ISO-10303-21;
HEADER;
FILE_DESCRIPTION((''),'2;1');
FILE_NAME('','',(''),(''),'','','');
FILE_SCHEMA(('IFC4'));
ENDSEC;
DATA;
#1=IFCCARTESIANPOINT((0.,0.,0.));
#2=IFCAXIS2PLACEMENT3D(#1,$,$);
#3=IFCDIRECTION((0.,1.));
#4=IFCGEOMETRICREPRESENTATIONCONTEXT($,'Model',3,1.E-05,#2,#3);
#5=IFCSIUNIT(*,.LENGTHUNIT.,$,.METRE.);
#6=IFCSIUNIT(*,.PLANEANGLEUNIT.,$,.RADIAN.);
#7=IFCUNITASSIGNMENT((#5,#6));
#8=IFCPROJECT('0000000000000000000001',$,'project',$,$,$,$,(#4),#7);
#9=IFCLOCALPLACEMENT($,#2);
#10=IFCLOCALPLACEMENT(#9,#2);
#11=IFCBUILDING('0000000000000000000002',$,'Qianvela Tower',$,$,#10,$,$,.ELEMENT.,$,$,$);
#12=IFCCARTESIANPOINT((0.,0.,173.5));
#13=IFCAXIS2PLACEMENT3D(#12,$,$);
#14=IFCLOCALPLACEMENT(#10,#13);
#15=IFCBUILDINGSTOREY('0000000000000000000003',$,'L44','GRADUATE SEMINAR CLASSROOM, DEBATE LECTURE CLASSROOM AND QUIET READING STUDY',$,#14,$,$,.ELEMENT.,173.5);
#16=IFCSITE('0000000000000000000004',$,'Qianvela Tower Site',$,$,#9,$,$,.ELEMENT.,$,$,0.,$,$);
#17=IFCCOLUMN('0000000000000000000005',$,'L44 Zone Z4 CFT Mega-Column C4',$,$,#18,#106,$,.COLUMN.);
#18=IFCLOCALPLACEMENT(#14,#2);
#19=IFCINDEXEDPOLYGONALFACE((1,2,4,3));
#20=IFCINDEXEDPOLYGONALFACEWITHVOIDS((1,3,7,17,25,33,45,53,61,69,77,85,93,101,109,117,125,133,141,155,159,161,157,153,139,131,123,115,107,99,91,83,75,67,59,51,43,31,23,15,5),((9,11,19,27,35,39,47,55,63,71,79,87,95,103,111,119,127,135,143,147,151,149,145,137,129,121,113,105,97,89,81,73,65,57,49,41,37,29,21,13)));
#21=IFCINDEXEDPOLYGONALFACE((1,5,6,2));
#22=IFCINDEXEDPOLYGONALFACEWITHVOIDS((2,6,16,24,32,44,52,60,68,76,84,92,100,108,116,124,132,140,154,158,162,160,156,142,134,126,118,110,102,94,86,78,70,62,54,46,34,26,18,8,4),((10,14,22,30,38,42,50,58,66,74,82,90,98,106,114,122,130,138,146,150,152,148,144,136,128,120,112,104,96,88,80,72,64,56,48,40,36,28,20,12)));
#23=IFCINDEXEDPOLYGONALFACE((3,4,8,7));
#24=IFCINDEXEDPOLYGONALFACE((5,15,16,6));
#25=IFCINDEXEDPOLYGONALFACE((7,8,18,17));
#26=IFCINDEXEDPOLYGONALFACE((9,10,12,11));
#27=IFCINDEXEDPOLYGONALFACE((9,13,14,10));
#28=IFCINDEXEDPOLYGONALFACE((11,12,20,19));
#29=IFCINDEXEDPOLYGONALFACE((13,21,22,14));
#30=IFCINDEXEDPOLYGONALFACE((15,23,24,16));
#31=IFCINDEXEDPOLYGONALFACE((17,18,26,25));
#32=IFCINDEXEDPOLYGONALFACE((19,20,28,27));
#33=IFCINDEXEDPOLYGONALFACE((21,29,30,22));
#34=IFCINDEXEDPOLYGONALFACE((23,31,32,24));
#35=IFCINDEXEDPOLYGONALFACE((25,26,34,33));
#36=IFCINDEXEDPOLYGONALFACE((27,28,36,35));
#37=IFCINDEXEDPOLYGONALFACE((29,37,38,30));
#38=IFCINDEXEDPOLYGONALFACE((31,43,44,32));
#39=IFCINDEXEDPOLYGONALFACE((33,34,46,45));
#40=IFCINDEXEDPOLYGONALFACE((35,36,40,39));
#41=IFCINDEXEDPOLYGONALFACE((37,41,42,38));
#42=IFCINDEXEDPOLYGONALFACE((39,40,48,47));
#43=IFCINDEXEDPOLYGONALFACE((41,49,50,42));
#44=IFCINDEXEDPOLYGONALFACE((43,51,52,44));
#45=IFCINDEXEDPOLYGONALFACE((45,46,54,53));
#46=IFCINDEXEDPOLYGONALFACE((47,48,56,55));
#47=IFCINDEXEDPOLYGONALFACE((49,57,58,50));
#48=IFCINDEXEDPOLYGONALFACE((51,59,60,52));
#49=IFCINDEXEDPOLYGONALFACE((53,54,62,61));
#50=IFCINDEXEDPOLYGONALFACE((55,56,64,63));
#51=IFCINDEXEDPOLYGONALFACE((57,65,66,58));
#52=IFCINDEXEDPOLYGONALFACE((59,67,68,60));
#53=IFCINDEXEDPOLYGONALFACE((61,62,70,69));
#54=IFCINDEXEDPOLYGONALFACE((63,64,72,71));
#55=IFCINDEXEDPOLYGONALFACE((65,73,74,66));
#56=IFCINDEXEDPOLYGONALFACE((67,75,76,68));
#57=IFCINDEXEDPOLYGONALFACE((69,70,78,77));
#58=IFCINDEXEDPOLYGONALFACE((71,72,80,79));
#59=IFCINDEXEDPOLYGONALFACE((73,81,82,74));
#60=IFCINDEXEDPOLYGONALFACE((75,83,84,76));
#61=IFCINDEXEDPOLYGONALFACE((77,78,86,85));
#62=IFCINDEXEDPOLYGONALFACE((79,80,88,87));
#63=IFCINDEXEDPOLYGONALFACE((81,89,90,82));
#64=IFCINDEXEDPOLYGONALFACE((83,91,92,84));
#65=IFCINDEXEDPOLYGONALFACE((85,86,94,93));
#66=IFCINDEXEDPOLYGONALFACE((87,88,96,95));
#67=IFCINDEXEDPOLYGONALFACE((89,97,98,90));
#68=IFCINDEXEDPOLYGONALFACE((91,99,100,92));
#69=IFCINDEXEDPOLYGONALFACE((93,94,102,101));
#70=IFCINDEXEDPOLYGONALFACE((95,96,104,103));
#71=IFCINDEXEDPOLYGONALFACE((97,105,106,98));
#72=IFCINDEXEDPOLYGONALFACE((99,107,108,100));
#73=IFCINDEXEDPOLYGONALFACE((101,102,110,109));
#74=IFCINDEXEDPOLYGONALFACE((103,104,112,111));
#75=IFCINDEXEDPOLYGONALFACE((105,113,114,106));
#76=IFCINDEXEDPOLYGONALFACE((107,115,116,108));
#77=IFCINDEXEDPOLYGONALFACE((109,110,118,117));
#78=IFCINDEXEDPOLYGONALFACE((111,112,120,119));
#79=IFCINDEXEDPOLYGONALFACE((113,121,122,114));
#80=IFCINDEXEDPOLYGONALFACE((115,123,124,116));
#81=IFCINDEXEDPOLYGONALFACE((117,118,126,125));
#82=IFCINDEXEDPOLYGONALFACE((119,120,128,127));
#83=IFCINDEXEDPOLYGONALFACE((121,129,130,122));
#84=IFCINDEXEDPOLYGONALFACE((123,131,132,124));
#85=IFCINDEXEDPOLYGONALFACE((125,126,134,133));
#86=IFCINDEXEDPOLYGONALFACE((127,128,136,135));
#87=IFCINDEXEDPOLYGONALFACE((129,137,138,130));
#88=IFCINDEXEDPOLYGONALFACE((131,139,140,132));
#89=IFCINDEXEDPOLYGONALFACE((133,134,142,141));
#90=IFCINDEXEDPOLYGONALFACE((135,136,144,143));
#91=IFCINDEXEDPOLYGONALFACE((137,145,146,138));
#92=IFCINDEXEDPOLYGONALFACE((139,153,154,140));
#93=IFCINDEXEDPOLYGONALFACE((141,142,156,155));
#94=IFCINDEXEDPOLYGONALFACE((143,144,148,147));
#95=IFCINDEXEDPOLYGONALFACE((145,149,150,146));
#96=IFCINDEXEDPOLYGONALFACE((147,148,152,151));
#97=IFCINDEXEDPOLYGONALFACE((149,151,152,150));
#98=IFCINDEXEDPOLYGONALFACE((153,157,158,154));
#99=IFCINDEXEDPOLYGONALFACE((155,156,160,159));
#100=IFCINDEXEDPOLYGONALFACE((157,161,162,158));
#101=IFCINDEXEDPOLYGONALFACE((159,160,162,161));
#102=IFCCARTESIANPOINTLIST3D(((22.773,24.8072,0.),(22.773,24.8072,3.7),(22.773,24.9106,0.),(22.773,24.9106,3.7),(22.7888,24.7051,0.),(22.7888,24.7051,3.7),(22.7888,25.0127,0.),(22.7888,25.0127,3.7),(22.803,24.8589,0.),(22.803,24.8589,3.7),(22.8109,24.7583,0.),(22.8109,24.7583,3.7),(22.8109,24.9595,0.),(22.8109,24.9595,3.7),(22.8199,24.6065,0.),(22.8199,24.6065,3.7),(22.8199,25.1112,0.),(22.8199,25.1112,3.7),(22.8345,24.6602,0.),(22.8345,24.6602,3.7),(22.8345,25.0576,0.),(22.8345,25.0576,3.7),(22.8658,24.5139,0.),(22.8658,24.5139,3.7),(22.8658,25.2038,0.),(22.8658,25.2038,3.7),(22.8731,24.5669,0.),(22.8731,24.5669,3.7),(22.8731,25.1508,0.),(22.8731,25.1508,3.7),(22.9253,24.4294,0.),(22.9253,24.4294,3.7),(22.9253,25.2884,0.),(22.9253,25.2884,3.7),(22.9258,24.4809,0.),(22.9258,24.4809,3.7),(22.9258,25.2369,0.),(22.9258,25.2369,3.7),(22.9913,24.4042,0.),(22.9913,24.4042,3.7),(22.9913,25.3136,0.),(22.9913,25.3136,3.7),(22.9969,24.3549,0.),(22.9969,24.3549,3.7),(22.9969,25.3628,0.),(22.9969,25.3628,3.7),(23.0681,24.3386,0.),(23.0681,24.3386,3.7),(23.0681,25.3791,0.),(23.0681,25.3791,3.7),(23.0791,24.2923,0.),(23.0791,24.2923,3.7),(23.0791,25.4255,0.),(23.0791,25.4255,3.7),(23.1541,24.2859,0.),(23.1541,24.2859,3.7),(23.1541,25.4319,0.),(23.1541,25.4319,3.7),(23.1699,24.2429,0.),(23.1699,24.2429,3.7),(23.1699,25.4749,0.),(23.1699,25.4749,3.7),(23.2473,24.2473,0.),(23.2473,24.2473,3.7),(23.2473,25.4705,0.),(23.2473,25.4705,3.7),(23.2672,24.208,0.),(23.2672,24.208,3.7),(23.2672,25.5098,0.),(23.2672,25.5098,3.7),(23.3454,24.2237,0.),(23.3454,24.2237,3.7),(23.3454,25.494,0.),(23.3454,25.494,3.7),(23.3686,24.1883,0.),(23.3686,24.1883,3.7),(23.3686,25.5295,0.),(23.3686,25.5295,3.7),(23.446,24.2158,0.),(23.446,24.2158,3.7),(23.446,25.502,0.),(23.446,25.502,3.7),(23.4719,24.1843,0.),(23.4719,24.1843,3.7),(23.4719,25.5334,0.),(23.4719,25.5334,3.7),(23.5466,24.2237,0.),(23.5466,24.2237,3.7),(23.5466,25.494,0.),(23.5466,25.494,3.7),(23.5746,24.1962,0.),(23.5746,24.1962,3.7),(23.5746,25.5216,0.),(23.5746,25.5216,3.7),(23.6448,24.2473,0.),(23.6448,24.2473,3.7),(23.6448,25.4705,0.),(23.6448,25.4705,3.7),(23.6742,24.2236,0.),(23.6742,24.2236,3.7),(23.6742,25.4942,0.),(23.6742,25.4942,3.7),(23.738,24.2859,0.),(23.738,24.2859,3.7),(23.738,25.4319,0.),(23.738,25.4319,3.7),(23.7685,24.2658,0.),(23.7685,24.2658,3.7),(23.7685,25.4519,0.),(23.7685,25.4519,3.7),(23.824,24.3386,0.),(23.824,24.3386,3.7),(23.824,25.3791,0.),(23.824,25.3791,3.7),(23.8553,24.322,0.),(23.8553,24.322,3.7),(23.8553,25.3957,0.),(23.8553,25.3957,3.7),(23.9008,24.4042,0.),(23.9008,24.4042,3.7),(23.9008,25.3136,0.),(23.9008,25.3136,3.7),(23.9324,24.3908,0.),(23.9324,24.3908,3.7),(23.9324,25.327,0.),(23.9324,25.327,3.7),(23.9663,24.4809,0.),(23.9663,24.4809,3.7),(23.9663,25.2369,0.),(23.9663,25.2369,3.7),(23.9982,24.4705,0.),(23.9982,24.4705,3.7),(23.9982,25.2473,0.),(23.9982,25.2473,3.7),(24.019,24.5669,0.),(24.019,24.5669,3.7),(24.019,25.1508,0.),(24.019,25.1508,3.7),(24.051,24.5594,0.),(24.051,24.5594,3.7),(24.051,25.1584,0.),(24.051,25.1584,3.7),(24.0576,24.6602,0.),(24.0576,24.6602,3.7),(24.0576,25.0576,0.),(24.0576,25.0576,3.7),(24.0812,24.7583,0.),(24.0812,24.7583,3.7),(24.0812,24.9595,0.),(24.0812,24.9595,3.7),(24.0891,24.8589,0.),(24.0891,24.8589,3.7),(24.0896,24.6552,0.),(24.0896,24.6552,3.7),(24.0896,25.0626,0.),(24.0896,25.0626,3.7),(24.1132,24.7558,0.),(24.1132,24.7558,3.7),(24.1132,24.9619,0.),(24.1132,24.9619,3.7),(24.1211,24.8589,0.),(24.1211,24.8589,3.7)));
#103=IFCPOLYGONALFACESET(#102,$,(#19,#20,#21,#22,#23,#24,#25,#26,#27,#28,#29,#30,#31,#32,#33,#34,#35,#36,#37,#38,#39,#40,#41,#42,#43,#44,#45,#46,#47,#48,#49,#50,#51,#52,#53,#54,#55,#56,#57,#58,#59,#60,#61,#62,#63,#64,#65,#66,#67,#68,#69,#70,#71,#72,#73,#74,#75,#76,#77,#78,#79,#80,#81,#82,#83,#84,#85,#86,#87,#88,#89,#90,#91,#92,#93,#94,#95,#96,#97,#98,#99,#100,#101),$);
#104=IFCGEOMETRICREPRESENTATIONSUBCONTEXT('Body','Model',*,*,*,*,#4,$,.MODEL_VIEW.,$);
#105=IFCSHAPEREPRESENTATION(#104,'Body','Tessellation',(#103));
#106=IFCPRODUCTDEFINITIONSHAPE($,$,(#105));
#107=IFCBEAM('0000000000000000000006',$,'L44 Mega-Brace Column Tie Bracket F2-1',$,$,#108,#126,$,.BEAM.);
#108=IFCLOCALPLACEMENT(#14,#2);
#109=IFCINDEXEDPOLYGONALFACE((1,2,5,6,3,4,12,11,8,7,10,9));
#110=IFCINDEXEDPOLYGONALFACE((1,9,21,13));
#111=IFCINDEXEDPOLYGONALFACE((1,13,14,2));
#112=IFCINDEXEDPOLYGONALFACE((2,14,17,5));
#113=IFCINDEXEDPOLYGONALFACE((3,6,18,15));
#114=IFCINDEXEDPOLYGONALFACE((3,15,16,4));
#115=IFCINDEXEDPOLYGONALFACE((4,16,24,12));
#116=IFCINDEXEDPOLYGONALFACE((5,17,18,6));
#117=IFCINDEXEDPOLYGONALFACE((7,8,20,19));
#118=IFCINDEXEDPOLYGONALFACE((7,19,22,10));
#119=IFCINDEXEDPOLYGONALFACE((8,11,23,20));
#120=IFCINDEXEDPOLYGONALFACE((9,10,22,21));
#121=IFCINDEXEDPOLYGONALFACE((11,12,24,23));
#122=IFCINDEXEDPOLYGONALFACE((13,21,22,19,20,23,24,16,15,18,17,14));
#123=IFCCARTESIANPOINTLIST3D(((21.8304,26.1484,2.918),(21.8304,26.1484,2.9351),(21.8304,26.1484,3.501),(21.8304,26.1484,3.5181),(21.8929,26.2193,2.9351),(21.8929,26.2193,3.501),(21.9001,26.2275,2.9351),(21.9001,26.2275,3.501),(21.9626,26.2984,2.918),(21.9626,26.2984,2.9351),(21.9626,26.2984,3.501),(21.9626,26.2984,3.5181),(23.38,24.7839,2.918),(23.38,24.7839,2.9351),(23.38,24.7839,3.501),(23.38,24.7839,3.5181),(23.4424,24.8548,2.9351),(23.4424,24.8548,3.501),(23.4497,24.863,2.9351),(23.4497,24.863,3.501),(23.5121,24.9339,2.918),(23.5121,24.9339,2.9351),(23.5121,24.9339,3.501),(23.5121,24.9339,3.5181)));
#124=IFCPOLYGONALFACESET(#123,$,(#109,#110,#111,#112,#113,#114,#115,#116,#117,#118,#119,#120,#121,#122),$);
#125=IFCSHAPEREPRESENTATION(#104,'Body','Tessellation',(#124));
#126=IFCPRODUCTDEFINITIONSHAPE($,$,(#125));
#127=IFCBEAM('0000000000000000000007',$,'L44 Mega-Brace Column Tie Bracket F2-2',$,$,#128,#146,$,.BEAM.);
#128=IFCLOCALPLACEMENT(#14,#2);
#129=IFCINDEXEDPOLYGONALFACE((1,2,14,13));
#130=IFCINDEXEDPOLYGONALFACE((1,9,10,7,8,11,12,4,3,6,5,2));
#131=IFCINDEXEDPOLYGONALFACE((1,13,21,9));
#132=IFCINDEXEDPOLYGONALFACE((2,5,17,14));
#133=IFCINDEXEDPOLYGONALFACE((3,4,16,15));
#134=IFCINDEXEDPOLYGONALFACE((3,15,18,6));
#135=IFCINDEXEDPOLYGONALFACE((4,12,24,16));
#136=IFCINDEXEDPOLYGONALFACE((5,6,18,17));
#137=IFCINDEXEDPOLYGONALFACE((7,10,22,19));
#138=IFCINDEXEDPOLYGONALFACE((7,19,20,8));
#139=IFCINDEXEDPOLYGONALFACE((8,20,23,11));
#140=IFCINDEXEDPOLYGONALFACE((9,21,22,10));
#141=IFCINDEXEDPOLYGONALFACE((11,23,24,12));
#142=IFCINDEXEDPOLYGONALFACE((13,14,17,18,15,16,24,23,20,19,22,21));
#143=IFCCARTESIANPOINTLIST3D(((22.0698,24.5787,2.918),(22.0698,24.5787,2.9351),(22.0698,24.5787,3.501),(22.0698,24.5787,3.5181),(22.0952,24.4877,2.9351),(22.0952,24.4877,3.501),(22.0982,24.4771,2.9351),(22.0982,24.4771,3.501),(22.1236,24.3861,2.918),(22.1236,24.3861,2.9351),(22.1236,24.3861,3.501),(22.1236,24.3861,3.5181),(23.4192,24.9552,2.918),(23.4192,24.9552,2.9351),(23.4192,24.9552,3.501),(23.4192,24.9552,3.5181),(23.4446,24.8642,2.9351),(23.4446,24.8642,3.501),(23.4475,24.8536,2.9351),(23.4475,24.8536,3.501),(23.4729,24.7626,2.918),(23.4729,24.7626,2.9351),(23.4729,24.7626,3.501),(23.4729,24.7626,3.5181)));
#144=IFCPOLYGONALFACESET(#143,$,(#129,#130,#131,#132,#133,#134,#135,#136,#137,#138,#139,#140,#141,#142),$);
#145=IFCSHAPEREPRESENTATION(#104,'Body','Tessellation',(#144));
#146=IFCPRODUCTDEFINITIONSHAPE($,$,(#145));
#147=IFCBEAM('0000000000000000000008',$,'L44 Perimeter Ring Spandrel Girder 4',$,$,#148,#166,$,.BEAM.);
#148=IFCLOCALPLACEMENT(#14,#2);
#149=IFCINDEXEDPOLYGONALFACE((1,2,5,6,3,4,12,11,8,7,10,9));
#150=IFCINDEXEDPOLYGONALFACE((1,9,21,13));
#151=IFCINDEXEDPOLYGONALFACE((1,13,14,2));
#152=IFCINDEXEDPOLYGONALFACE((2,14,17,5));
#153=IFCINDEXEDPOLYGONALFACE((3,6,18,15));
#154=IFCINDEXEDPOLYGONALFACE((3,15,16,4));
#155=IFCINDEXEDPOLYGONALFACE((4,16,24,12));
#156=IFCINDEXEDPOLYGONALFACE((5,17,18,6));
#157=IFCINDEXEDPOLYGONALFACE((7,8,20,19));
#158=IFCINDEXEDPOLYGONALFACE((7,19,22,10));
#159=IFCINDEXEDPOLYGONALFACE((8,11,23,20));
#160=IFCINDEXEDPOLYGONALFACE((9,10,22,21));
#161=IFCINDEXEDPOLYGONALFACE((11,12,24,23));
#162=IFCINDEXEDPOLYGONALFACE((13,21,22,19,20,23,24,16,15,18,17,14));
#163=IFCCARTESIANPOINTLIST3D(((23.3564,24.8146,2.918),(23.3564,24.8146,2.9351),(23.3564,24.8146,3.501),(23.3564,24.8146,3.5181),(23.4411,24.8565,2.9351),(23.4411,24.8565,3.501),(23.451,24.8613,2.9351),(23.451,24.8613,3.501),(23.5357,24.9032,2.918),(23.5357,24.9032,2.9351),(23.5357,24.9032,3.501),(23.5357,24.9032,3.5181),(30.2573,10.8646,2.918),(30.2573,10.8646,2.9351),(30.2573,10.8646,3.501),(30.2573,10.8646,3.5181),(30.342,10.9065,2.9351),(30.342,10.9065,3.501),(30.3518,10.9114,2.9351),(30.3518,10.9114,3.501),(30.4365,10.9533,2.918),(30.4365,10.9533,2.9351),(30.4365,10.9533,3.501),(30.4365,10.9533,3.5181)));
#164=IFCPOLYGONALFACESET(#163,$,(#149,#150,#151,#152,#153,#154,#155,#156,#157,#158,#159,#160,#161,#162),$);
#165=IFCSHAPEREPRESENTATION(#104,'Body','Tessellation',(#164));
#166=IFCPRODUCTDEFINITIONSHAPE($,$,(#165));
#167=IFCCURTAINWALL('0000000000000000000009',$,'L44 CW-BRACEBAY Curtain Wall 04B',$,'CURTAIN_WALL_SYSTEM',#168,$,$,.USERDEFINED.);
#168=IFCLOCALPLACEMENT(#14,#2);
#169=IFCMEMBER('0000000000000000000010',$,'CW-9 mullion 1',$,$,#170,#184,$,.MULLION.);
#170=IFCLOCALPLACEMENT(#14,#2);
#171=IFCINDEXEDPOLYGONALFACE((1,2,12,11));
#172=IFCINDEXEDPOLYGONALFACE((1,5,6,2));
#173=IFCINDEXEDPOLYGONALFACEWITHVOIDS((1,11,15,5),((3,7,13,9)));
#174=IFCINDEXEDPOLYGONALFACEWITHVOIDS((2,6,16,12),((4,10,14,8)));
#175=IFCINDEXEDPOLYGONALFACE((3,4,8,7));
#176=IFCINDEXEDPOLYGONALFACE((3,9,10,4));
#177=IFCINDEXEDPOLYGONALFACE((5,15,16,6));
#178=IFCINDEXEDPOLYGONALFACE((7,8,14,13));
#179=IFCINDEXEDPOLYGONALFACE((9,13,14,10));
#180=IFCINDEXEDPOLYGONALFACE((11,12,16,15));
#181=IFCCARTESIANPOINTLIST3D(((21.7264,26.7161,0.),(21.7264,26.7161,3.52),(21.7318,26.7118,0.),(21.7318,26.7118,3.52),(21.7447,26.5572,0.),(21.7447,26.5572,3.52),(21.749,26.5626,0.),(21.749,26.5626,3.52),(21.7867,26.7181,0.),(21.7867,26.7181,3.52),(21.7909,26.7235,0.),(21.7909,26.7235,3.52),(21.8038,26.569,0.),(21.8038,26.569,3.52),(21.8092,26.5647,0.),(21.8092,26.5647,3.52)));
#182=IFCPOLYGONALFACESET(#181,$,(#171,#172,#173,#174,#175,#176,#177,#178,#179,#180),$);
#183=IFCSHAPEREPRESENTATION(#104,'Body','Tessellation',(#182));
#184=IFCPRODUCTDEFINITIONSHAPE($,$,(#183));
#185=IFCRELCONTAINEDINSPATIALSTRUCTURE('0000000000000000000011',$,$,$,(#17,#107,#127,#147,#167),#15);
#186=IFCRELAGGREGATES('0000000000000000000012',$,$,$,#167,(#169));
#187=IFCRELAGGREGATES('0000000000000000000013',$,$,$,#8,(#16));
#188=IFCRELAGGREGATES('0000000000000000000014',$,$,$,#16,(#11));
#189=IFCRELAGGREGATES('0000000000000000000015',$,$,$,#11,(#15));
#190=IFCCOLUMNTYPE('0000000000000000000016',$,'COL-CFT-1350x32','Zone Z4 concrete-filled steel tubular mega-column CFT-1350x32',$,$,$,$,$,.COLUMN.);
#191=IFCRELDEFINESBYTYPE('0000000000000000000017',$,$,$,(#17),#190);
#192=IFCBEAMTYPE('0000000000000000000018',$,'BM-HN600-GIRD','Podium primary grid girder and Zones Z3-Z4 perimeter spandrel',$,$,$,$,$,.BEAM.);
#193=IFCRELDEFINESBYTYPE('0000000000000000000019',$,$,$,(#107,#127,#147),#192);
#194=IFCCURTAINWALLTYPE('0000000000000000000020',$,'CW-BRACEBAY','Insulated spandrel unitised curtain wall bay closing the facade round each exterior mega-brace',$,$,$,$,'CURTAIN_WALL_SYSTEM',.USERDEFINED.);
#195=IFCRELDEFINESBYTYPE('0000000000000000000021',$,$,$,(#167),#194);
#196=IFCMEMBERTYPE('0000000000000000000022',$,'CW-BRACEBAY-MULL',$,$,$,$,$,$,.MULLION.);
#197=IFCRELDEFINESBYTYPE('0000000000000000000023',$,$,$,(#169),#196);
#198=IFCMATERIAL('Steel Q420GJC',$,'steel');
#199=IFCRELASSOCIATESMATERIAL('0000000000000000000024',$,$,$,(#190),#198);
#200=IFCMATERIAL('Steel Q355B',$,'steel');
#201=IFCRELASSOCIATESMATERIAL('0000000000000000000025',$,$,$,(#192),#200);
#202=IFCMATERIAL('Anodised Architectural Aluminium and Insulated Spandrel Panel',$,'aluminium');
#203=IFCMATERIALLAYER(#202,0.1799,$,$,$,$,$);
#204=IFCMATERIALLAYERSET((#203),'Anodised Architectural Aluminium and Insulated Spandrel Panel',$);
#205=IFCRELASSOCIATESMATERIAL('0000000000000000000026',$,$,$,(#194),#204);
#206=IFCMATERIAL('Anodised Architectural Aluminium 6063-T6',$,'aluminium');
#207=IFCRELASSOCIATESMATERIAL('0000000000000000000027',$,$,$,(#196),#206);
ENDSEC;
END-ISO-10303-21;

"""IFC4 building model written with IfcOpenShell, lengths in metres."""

from ifc_helpers import new_model, si_unit, direction, frame, origin, origin_2d, place, context, subcontext, project, spatial, hollow_rectangle, hollow_circle, i_section, extrude, material, layer, layer_set, material_profile, profile_set, type_object, element, aggregate, save


model = new_model("IFC4")

# Units and contexts
model_context = context("Model", 3, precision=1e-05, world=origin(), true_north=direction((0.0, 1.0)))
body_context = subcontext(model_context, "Body", "Model", "MODEL_VIEW")
ifc_project = project(units=[si_unit("LENGTHUNIT", "METRE"), si_unit("PLANEANGLEUNIT", "RADIAN")], contexts=[model_context])

# Site, building, storey
site_placement = place(None, origin())
site = spatial("IfcSite", under=ifc_project, at=site_placement, Name="Qianvela Tower Site", CompositionType="ELEMENT", RefElevation=0.0)
building_placement = place(site_placement, origin())
building = spatial("IfcBuilding", under=site, at=building_placement, Name="Qianvela Tower", CompositionType="ELEMENT")
storey_placement = place(building_placement, frame((0.0, 0.0, 173.5)))
storey = spatial("IfcBuildingStorey", under=building, at=storey_placement, Name="L44", Description="GRADUATE SEMINAR CLASSROOM, DEBATE LECTURE CLASSROOM AND QUIET READING STUDY", CompositionType="ELEMENT", Elevation=173.5)

# Column
ifc_material_1 = material(Name="Steel Q420GJC", Category="steel")
ifc_material_profile_1 = material_profile(ifc_material_1, hollow_circle(Radius=0.675, WallThickness=0.032, at=origin_2d()), Name="CFT-1350x32")
ifc_profile_set_1 = profile_set([ifc_material_profile_1], Name="Steel Q420GJC")
column_type = type_object("IfcColumnType", Name="COL-CFT-1350x32", Description="Zone Z4 concrete-filled steel tubular mega-column CFT-1350x32", PredefinedType="COLUMN", material=ifc_profile_set_1)
column_placement = place(storey_placement, frame((23.446, 24.8589, 0.0), z_axis=(0.0, 0.0, 1.0), x_axis=(1.0, 0.0, 0.0)))
element("IfcColumn", 1, at=column_placement, inside=storey, type_object=column_type, Name="L44 Zone Z4 CFT Mega-Column C4", PredefinedType="COLUMN", context=body_context, shape_type="SweptSolid", body=[
    extrude(hollow_circle(Radius=0.675, WallThickness=0.032, at=origin_2d()), origin(), (0.0, 0.0, 1.0), 3.7),
])

# Beams
ifc_material_2 = material(Name="Steel Q355B", Category="steel")
ifc_material_profile_2 = material_profile(ifc_material_2, i_section(OverallWidth=0.2, OverallDepth=0.6001, WebThickness=0.011, FlangeThickness=0.0171, at=origin_2d()), Name="HN600x200x11x17")
ifc_profile_set_2 = profile_set([ifc_material_profile_2], Name="Steel Q355B")
beam_type = type_object("IfcBeamType", Name="BM-HN600-GIRD", Description="Podium primary grid girder and Zones Z3-Z4 perimeter spandrel", PredefinedType="BEAM", material=ifc_profile_set_2)
beam_1_placement = place(storey_placement, frame((23.446, 24.8589, 3.218), z_axis=(-0.7505, 0.66087, 0.0), x_axis=(-0.66087, -0.7505, 0.0)))
element("IfcBeam", 2, at=beam_1_placement, inside=storey, type_object=beam_type, Name="L44 Mega-Brace Column Tie Bracket F2-1", PredefinedType="BEAM", context=body_context, shape_type="SweptSolid", body=[
    extrude(i_section(OverallWidth=0.2, OverallDepth=0.6001, WebThickness=0.011, FlangeThickness=0.0171, at=origin_2d()), origin(), (0.0, 0.0, 1.0), 2.0647),
])
beam_2_placement = place(storey_placement, frame((23.446, 24.8589, 3.218), z_axis=(-0.963215, -0.268731, 0.0), x_axis=(0.268731, -0.963215, 0.0)))
element("IfcBeam", 3, at=beam_2_placement, inside=storey, type_object=beam_type, Name="L44 Mega-Brace Column Tie Bracket F2-2", PredefinedType="BEAM", context=body_context, shape_type="SweptSolid", body=[
    extrude(i_section(OverallWidth=0.2, OverallDepth=0.6001, WebThickness=0.011, FlangeThickness=0.0171, at=origin_2d()), origin(), (0.0, 0.0, 1.0), 1.4009),
])
beam_3_placement = place(storey_placement, frame((23.446, 24.8589, 3.218), z_axis=(0.443401, -0.896323, 0.0), x_axis=(0.896323, 0.443401, 0.0)))
element("IfcBeam", 4, at=beam_3_placement, inside=storey, type_object=beam_type, Name="L44 Perimeter Ring Spandrel Girder 4", PredefinedType="BEAM", context=body_context, shape_type="SweptSolid", body=[
    extrude(i_section(OverallWidth=0.2, OverallDepth=0.6001, WebThickness=0.011, FlangeThickness=0.0171, at=origin_2d()), origin(), (0.0, 0.0, 1.0), 15.5635),
])

# Curtain wall, member
ifc_material_3 = material(Name="Anodised Architectural Aluminium and Insulated Spandrel Panel", Category="aluminium")
ifc_layer_1 = layer(ifc_material_3, 0.1799)
ifc_layer_set_1 = layer_set([ifc_layer_1], Name="Anodised Architectural Aluminium and Insulated Spandrel Panel")
curtain_wall_type_1 = type_object("IfcCurtainWallType", Name="CW-BRACEBAY", Description="Insulated spandrel unitised curtain wall bay closing the facade round each exterior mega-brace", ElementType="CURTAIN_WALL_SYSTEM", PredefinedType="USERDEFINED", material=ifc_layer_set_1)
curtain_wall_1_placement = place(storey_placement, origin())
curtain_wall_1 = element("IfcCurtainWall", 5, at=curtain_wall_1_placement, inside=storey, type_object=curtain_wall_type_1, Name="L44 CW-BRACEBAY Curtain Wall 04B", ObjectType="CURTAIN_WALL_SYSTEM", PredefinedType="USERDEFINED")
ifc_material_4 = material(Name="Anodised Architectural Aluminium 6063-T6", Category="aluminium")
ifc_material_profile_3 = material_profile(ifc_material_4, hollow_rectangle(XDim=0.0649, YDim=0.1599, WallThickness=0.0049, at=origin_2d()), Name="ALU-MULL-65x160")
ifc_profile_set_3 = profile_set([ifc_material_profile_3], Name="Anodised Architectural Aluminium 6063-T6")
member_type_1 = type_object("IfcMemberType", Name="CW-BRACEBAY-MULL", PredefinedType="MULLION", material=ifc_profile_set_3)
member_1_placement = place(storey_placement, frame((21.7678, 26.6404, 0.0), z_axis=(0.0, 0.0, 1.0), x_axis=(0.993453, 0.114244, 0.0)))
member_1 = element("IfcMember", 6, at=member_1_placement, type_object=member_type_1, Name="CW-9 mullion 1", PredefinedType="MULLION", context=body_context, shape_type="SweptSolid", body=[
    extrude(hollow_rectangle(XDim=0.0649, YDim=0.1599, WallThickness=0.0049, at=origin_2d()), origin(), (0.0, 0.0, 1.0), 3.52),
])

aggregate(curtain_wall_1, [member_1])

save(model, "model.ifc")
